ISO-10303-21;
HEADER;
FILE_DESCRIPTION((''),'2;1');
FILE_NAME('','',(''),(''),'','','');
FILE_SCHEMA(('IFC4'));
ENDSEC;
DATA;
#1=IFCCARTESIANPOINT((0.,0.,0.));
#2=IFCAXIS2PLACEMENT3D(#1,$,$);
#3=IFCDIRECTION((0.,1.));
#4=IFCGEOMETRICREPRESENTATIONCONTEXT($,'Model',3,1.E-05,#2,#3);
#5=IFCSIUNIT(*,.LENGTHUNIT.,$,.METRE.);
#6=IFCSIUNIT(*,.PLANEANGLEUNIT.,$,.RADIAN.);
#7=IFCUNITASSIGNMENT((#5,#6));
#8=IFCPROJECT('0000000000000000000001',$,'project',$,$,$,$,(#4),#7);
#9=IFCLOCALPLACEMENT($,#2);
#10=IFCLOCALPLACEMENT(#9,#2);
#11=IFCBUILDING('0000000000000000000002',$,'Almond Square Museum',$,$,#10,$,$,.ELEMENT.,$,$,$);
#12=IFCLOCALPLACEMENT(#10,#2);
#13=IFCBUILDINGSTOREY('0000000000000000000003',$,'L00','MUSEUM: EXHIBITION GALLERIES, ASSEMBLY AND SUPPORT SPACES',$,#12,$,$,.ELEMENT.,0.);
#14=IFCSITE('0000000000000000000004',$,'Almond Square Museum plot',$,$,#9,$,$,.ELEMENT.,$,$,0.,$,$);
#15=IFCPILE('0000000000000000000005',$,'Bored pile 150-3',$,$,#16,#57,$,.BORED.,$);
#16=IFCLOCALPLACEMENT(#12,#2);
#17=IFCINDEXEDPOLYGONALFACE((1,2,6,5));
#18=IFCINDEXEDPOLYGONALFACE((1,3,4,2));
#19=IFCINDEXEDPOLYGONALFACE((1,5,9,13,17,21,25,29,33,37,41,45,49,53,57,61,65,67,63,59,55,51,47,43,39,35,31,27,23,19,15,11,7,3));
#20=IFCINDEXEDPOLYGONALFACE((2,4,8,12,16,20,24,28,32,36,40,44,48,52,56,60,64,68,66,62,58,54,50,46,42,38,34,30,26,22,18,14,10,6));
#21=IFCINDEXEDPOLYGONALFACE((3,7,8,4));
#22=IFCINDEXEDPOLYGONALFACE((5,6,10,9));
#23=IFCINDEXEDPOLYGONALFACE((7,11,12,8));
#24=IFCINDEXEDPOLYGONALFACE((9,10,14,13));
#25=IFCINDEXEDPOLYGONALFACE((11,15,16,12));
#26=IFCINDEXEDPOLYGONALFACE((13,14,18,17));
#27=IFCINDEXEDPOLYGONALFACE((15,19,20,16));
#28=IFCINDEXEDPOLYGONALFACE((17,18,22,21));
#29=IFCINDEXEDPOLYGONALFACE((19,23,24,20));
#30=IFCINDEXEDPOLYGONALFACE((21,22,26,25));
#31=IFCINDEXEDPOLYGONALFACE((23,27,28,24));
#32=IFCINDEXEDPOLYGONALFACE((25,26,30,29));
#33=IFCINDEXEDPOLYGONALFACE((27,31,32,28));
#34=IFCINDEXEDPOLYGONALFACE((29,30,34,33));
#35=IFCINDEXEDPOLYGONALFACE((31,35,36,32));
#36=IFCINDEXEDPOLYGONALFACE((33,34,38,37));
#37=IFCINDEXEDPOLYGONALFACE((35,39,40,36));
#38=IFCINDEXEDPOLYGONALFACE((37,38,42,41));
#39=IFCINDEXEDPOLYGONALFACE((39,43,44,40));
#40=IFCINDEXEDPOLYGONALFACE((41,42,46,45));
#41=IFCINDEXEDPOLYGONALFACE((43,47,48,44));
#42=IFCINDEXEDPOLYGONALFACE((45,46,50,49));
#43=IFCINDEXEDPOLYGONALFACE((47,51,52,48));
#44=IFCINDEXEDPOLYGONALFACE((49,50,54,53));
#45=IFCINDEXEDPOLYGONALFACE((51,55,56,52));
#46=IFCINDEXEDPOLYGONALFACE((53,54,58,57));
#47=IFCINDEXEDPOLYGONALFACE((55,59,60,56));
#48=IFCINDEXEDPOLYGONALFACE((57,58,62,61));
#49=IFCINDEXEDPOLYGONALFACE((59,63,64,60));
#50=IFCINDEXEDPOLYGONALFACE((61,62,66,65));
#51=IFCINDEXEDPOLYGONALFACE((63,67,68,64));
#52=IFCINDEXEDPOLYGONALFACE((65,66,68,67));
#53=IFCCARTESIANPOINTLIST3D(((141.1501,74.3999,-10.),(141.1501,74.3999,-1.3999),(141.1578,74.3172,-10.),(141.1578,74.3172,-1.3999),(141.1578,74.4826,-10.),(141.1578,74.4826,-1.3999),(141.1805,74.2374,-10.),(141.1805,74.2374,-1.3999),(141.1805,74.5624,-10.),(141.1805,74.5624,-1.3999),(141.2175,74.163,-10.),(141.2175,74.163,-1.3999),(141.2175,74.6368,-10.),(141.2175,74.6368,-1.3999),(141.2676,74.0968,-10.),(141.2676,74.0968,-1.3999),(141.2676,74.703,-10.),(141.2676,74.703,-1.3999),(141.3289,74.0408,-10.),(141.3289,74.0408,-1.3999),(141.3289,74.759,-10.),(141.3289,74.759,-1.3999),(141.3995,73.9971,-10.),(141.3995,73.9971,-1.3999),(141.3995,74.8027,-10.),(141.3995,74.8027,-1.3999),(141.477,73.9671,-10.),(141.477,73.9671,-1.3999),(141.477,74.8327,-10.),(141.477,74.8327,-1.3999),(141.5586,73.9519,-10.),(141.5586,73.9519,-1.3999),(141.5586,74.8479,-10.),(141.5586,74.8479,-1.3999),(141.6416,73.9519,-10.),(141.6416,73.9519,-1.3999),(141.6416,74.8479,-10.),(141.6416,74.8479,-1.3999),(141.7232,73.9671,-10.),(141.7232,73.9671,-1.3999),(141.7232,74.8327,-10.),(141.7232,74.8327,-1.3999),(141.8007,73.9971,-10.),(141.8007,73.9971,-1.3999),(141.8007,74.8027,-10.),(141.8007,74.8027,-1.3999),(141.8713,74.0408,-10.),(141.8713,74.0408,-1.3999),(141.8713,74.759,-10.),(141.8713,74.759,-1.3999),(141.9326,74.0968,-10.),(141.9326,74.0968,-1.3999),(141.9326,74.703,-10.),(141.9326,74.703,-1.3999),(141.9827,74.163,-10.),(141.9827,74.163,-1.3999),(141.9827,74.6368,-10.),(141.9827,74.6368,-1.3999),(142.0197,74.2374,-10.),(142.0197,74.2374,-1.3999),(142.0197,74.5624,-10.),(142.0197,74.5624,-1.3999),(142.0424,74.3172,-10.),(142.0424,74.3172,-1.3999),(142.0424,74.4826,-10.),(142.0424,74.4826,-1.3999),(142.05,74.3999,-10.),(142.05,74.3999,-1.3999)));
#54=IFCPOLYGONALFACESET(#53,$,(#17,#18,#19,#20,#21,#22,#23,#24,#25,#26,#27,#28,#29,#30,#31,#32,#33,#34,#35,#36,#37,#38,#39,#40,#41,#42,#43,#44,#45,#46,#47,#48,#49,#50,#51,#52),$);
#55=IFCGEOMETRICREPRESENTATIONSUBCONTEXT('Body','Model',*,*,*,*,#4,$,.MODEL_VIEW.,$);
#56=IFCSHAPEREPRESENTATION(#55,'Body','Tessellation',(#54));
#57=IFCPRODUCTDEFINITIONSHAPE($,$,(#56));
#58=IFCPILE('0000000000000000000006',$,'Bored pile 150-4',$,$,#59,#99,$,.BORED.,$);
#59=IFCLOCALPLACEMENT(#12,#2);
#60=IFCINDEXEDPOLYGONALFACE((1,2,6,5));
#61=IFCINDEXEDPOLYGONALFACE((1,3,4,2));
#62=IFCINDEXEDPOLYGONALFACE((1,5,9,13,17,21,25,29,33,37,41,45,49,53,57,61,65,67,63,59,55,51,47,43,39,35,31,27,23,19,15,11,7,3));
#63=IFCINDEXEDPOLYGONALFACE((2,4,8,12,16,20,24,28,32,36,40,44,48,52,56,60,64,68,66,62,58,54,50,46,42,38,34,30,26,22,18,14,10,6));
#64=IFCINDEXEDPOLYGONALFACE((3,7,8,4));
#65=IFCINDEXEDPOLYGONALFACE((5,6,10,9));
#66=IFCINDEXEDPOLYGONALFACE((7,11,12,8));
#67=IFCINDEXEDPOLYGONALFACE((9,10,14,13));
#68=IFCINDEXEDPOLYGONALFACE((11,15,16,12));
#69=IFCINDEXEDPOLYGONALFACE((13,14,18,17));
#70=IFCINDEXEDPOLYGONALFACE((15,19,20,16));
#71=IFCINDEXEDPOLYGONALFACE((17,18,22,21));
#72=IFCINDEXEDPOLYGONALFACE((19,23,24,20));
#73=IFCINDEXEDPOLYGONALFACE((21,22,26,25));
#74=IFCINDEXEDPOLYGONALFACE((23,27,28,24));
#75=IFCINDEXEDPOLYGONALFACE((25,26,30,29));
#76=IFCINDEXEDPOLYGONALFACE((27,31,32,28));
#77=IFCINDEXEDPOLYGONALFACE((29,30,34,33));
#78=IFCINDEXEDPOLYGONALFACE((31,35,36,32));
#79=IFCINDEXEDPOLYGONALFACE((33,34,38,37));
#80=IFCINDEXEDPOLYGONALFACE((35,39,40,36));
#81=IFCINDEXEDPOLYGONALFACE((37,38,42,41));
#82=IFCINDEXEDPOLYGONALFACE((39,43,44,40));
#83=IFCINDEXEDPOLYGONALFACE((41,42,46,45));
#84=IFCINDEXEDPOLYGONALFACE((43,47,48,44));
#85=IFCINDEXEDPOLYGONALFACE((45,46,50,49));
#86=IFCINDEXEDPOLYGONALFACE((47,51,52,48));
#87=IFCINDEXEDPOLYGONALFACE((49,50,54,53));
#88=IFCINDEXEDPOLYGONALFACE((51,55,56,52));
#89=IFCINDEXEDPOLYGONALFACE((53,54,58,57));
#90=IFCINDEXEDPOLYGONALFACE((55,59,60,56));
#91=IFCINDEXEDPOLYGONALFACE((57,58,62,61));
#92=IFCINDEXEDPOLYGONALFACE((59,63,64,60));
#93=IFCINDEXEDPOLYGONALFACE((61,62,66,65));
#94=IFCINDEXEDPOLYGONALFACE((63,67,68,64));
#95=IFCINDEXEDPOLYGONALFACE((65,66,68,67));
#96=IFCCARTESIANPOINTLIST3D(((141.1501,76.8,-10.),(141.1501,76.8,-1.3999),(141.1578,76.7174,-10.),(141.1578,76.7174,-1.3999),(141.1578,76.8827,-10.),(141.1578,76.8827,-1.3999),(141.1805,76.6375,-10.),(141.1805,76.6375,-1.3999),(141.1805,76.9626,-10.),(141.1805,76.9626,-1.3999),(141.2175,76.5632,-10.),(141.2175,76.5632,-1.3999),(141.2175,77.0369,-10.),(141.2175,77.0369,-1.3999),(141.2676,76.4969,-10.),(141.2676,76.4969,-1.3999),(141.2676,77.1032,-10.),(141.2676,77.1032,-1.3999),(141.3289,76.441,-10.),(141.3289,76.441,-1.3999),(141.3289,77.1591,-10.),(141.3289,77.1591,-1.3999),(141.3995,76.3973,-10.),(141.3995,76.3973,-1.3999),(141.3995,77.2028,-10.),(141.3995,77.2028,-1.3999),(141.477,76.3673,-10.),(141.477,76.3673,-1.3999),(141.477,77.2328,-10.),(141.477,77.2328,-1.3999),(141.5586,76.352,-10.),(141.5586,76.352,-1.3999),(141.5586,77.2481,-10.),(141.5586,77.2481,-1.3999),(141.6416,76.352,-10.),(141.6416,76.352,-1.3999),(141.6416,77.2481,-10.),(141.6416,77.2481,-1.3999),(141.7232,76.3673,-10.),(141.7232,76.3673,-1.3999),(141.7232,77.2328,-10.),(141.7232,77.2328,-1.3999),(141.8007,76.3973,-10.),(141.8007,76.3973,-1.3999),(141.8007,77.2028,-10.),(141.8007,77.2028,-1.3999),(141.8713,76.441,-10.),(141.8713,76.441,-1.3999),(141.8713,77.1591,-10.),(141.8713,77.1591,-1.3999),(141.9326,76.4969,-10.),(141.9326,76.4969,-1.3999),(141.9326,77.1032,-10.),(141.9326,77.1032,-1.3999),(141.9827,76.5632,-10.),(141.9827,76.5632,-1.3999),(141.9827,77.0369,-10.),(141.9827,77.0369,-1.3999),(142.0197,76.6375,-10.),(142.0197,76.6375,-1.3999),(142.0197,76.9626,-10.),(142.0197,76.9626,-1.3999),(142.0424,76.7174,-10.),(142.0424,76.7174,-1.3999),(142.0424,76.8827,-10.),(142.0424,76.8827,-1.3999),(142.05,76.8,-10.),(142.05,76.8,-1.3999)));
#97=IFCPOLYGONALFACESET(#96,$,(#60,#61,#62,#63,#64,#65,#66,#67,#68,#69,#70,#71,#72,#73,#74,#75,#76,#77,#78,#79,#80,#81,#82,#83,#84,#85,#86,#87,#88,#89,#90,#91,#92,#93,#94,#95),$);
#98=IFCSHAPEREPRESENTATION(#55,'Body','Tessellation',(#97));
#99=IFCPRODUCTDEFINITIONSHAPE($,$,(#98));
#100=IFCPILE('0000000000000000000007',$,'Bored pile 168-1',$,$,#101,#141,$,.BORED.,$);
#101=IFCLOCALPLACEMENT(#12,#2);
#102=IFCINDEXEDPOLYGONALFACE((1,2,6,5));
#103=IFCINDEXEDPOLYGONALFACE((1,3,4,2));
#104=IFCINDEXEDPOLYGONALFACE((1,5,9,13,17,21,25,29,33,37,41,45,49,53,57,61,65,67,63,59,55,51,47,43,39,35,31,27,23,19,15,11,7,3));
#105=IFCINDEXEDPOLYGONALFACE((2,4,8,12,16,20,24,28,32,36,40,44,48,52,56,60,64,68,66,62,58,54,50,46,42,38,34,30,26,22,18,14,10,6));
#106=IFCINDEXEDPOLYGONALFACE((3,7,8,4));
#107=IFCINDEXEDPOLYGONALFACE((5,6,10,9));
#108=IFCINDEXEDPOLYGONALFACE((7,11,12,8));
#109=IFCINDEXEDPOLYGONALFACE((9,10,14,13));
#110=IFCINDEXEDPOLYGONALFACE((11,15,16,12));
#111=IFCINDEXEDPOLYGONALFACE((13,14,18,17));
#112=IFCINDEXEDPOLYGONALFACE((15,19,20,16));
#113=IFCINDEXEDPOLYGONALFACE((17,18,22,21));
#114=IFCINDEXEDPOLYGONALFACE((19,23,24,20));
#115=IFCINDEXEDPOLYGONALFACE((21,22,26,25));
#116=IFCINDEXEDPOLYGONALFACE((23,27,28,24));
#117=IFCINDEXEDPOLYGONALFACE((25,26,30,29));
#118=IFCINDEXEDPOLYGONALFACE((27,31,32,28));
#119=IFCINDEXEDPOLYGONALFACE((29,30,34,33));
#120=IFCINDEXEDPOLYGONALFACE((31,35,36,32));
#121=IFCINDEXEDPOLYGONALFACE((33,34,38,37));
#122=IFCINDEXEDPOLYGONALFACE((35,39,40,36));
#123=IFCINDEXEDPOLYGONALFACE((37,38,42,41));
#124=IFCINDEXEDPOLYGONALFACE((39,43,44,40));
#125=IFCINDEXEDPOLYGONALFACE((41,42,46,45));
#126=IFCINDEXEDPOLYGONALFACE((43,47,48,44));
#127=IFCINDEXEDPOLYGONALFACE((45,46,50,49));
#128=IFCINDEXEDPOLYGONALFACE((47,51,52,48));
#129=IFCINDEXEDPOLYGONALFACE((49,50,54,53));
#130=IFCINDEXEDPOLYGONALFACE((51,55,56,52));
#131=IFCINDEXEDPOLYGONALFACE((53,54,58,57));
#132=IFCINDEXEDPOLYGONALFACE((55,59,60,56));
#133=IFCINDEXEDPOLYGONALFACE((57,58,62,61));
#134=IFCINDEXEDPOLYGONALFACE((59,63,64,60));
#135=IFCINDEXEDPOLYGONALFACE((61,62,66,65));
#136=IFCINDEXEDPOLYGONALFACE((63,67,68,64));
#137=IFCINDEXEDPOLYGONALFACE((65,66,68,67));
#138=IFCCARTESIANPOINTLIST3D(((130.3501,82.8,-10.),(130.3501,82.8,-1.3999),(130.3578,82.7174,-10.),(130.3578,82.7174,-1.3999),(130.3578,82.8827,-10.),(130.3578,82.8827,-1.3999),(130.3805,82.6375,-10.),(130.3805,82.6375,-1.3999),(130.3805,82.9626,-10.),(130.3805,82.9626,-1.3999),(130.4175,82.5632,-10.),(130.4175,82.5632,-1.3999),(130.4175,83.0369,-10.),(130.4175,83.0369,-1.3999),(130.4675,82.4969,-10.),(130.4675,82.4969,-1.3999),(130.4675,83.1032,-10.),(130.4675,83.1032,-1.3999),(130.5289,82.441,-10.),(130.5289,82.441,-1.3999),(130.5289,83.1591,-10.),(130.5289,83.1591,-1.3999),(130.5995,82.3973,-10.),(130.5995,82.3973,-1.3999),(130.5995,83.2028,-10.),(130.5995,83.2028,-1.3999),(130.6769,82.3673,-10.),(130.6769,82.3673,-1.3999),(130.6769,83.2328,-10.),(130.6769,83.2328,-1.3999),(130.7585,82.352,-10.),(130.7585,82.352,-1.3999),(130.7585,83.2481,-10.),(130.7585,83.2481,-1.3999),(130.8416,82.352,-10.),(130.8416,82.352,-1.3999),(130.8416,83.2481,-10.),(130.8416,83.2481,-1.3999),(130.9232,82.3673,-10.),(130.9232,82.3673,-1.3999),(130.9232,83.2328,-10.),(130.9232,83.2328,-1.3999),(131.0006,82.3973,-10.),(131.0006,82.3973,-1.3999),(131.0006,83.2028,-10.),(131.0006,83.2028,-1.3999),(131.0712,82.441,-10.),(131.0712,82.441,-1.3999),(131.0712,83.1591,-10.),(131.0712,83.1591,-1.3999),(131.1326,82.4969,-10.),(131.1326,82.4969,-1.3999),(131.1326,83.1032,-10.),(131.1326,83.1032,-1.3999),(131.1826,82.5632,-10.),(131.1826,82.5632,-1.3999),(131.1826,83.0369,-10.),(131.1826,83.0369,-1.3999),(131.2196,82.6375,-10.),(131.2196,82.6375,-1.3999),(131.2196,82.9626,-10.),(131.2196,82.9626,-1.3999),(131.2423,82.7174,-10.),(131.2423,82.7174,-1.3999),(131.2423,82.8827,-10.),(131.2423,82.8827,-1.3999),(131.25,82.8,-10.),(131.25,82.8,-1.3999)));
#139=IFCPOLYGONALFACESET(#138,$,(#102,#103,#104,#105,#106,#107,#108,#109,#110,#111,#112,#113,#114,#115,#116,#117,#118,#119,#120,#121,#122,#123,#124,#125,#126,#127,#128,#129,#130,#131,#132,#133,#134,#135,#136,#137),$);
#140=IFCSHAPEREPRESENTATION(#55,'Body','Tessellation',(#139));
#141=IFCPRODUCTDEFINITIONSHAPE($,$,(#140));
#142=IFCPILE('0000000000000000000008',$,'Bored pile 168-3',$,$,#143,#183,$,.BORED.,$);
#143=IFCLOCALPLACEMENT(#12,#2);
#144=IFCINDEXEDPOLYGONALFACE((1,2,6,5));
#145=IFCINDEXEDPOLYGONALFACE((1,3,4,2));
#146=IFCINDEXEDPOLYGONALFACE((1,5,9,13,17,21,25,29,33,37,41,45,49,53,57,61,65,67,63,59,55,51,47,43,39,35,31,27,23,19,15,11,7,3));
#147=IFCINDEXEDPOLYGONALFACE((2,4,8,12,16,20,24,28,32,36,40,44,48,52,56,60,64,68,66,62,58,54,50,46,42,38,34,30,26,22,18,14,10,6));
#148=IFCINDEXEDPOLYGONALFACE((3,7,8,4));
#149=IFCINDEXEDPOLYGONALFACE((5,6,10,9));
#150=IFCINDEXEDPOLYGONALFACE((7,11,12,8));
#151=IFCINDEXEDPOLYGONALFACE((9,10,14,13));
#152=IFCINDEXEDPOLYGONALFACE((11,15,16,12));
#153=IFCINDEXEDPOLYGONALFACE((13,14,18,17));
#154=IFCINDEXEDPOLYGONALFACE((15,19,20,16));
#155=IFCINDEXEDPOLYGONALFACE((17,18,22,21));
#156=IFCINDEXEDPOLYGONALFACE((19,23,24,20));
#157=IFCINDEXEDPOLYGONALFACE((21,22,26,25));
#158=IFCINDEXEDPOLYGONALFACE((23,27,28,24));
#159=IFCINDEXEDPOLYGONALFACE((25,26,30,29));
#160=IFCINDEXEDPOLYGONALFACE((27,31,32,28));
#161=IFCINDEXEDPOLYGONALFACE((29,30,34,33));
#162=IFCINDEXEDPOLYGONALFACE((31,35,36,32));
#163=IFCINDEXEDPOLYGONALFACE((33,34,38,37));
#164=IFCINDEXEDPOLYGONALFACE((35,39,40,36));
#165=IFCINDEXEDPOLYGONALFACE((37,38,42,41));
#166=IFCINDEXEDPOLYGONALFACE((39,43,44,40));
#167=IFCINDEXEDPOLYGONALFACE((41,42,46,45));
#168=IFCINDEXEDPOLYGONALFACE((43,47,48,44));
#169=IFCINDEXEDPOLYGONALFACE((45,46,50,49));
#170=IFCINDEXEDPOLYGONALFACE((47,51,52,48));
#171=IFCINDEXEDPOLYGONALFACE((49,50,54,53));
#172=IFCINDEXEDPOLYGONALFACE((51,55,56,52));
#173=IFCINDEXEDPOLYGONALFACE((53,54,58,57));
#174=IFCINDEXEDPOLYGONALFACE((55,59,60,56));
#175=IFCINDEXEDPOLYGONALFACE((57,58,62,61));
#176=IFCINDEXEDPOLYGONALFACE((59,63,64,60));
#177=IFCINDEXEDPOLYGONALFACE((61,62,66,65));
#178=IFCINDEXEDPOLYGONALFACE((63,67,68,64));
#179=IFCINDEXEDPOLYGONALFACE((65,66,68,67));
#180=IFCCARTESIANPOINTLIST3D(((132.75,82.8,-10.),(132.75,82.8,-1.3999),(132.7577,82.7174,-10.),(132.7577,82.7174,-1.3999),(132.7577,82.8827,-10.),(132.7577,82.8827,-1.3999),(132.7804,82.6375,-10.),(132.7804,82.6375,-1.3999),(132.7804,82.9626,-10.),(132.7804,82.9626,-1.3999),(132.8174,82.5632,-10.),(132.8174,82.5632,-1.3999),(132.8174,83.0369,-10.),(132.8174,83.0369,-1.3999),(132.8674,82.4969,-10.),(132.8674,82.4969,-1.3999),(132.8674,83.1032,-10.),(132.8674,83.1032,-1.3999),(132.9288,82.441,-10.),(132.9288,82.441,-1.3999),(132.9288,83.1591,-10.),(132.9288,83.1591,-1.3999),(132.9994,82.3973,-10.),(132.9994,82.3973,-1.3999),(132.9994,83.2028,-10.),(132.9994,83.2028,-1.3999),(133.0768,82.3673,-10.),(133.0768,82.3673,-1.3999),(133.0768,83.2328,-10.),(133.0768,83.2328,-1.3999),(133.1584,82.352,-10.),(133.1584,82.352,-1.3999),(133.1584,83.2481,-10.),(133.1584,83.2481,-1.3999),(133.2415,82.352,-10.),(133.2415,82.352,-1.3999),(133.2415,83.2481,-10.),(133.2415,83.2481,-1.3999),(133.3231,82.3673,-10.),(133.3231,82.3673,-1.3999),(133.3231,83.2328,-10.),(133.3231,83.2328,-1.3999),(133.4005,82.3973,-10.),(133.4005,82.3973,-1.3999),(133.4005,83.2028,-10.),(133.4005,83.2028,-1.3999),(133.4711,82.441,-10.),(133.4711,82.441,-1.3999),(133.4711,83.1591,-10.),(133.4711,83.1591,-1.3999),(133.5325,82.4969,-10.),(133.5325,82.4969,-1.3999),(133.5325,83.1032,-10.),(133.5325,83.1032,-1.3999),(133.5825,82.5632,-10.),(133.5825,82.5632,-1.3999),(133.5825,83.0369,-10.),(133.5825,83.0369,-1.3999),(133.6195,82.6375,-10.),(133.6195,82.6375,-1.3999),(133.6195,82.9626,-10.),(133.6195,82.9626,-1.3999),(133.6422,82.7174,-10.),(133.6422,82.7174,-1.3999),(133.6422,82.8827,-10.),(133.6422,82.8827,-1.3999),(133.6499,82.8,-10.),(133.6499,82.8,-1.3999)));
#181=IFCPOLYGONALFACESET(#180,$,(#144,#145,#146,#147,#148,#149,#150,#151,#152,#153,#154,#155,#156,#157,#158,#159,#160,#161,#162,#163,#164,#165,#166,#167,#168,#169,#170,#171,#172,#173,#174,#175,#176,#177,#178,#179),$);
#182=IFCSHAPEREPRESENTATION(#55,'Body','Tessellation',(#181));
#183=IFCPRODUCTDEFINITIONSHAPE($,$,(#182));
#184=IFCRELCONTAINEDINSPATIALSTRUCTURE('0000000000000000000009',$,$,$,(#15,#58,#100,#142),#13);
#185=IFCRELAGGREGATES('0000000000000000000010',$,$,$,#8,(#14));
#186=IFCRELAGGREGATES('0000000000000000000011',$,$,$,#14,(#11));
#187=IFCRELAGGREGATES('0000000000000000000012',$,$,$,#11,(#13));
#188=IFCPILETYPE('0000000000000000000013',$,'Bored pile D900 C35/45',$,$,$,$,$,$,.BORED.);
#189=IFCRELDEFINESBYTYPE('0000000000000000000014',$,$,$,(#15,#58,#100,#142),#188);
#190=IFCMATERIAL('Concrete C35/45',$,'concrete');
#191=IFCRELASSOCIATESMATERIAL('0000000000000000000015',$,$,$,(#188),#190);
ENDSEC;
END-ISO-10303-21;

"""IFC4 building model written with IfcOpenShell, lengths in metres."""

from ifc_helpers import new_model, si_unit, direction, frame, origin, origin_2d, place, context, subcontext, project, spatial, circle, extrude, material, material_profile, profile_set, type_object, element, save


model = new_model("IFC4")

# Units and contexts
model_context = context("Model", 3, precision=1e-05, world=origin(), true_north=direction((0.0, 1.0)))
body_context = subcontext(model_context, "Body", "Model", "MODEL_VIEW")
ifc_project = project(units=[si_unit("LENGTHUNIT", "METRE"), si_unit("PLANEANGLEUNIT", "RADIAN")], contexts=[model_context])

# Site, building, storey
site_placement = place(None, origin())
site = spatial("IfcSite", under=ifc_project, at=site_placement, Name="Almond Square Museum plot", CompositionType="ELEMENT", RefElevation=0.0)
building_placement = place(site_placement, origin())
building = spatial("IfcBuilding", under=site, at=building_placement, Name="Almond Square Museum", CompositionType="ELEMENT")
storey_placement = place(building_placement, origin())
storey = spatial("IfcBuildingStorey", under=building, at=storey_placement, Name="L00", Description="MUSEUM: EXHIBITION GALLERIES, ASSEMBLY AND SUPPORT SPACES", CompositionType="ELEMENT", Elevation=0.0)

# Piles
ifc_material_1 = material(Name="Concrete C35/45", Category="concrete")
ifc_material_profile_1 = material_profile(ifc_material_1, circle(Radius=0.45, at=origin_2d()))
ifc_profile_set_1 = profile_set([ifc_material_profile_1], Name="Concrete C35/45")
pile_type = type_object("IfcPileType", Name="Bored pile D900 C35/45", PredefinedType="BORED", material=ifc_profile_set_1)
for number, where, z_axis, x_axis, name in (
    (1, (141.6001, 74.3999, -1.3999), (0.0, 0.0, -1.0), (1.0, 0.0, 0.0), "Bored pile 150-3"),
    (2, (141.6001, 76.8, -1.3999), (0.0, 0.0, -1.0), (1.0, 0.0, 0.0), "Bored pile 150-4"),
    (3, (130.8, 82.8, -1.3999), (0.0, 0.0, -1.0), (1.0, 0.0, 0.0), "Bored pile 168-1"),
    (4, (133.2, 82.8, -1.3999), (0.0, 0.0, -1.0), (1.0, 0.0, 0.0), "Bored pile 168-3"),
):
    element("IfcPile", number, at=place(storey_placement, frame(where, z_axis=z_axis, x_axis=x_axis)), inside=storey, type_object=pile_type, Name=name, PredefinedType="BORED", context=body_context, shape_type="SweptSolid", body=[
        extrude(circle(Radius=0.45, at=origin_2d()), origin(), (0.0, 0.0, 1.0), 8.6001),
    ])

save(model, "model.ifc")
